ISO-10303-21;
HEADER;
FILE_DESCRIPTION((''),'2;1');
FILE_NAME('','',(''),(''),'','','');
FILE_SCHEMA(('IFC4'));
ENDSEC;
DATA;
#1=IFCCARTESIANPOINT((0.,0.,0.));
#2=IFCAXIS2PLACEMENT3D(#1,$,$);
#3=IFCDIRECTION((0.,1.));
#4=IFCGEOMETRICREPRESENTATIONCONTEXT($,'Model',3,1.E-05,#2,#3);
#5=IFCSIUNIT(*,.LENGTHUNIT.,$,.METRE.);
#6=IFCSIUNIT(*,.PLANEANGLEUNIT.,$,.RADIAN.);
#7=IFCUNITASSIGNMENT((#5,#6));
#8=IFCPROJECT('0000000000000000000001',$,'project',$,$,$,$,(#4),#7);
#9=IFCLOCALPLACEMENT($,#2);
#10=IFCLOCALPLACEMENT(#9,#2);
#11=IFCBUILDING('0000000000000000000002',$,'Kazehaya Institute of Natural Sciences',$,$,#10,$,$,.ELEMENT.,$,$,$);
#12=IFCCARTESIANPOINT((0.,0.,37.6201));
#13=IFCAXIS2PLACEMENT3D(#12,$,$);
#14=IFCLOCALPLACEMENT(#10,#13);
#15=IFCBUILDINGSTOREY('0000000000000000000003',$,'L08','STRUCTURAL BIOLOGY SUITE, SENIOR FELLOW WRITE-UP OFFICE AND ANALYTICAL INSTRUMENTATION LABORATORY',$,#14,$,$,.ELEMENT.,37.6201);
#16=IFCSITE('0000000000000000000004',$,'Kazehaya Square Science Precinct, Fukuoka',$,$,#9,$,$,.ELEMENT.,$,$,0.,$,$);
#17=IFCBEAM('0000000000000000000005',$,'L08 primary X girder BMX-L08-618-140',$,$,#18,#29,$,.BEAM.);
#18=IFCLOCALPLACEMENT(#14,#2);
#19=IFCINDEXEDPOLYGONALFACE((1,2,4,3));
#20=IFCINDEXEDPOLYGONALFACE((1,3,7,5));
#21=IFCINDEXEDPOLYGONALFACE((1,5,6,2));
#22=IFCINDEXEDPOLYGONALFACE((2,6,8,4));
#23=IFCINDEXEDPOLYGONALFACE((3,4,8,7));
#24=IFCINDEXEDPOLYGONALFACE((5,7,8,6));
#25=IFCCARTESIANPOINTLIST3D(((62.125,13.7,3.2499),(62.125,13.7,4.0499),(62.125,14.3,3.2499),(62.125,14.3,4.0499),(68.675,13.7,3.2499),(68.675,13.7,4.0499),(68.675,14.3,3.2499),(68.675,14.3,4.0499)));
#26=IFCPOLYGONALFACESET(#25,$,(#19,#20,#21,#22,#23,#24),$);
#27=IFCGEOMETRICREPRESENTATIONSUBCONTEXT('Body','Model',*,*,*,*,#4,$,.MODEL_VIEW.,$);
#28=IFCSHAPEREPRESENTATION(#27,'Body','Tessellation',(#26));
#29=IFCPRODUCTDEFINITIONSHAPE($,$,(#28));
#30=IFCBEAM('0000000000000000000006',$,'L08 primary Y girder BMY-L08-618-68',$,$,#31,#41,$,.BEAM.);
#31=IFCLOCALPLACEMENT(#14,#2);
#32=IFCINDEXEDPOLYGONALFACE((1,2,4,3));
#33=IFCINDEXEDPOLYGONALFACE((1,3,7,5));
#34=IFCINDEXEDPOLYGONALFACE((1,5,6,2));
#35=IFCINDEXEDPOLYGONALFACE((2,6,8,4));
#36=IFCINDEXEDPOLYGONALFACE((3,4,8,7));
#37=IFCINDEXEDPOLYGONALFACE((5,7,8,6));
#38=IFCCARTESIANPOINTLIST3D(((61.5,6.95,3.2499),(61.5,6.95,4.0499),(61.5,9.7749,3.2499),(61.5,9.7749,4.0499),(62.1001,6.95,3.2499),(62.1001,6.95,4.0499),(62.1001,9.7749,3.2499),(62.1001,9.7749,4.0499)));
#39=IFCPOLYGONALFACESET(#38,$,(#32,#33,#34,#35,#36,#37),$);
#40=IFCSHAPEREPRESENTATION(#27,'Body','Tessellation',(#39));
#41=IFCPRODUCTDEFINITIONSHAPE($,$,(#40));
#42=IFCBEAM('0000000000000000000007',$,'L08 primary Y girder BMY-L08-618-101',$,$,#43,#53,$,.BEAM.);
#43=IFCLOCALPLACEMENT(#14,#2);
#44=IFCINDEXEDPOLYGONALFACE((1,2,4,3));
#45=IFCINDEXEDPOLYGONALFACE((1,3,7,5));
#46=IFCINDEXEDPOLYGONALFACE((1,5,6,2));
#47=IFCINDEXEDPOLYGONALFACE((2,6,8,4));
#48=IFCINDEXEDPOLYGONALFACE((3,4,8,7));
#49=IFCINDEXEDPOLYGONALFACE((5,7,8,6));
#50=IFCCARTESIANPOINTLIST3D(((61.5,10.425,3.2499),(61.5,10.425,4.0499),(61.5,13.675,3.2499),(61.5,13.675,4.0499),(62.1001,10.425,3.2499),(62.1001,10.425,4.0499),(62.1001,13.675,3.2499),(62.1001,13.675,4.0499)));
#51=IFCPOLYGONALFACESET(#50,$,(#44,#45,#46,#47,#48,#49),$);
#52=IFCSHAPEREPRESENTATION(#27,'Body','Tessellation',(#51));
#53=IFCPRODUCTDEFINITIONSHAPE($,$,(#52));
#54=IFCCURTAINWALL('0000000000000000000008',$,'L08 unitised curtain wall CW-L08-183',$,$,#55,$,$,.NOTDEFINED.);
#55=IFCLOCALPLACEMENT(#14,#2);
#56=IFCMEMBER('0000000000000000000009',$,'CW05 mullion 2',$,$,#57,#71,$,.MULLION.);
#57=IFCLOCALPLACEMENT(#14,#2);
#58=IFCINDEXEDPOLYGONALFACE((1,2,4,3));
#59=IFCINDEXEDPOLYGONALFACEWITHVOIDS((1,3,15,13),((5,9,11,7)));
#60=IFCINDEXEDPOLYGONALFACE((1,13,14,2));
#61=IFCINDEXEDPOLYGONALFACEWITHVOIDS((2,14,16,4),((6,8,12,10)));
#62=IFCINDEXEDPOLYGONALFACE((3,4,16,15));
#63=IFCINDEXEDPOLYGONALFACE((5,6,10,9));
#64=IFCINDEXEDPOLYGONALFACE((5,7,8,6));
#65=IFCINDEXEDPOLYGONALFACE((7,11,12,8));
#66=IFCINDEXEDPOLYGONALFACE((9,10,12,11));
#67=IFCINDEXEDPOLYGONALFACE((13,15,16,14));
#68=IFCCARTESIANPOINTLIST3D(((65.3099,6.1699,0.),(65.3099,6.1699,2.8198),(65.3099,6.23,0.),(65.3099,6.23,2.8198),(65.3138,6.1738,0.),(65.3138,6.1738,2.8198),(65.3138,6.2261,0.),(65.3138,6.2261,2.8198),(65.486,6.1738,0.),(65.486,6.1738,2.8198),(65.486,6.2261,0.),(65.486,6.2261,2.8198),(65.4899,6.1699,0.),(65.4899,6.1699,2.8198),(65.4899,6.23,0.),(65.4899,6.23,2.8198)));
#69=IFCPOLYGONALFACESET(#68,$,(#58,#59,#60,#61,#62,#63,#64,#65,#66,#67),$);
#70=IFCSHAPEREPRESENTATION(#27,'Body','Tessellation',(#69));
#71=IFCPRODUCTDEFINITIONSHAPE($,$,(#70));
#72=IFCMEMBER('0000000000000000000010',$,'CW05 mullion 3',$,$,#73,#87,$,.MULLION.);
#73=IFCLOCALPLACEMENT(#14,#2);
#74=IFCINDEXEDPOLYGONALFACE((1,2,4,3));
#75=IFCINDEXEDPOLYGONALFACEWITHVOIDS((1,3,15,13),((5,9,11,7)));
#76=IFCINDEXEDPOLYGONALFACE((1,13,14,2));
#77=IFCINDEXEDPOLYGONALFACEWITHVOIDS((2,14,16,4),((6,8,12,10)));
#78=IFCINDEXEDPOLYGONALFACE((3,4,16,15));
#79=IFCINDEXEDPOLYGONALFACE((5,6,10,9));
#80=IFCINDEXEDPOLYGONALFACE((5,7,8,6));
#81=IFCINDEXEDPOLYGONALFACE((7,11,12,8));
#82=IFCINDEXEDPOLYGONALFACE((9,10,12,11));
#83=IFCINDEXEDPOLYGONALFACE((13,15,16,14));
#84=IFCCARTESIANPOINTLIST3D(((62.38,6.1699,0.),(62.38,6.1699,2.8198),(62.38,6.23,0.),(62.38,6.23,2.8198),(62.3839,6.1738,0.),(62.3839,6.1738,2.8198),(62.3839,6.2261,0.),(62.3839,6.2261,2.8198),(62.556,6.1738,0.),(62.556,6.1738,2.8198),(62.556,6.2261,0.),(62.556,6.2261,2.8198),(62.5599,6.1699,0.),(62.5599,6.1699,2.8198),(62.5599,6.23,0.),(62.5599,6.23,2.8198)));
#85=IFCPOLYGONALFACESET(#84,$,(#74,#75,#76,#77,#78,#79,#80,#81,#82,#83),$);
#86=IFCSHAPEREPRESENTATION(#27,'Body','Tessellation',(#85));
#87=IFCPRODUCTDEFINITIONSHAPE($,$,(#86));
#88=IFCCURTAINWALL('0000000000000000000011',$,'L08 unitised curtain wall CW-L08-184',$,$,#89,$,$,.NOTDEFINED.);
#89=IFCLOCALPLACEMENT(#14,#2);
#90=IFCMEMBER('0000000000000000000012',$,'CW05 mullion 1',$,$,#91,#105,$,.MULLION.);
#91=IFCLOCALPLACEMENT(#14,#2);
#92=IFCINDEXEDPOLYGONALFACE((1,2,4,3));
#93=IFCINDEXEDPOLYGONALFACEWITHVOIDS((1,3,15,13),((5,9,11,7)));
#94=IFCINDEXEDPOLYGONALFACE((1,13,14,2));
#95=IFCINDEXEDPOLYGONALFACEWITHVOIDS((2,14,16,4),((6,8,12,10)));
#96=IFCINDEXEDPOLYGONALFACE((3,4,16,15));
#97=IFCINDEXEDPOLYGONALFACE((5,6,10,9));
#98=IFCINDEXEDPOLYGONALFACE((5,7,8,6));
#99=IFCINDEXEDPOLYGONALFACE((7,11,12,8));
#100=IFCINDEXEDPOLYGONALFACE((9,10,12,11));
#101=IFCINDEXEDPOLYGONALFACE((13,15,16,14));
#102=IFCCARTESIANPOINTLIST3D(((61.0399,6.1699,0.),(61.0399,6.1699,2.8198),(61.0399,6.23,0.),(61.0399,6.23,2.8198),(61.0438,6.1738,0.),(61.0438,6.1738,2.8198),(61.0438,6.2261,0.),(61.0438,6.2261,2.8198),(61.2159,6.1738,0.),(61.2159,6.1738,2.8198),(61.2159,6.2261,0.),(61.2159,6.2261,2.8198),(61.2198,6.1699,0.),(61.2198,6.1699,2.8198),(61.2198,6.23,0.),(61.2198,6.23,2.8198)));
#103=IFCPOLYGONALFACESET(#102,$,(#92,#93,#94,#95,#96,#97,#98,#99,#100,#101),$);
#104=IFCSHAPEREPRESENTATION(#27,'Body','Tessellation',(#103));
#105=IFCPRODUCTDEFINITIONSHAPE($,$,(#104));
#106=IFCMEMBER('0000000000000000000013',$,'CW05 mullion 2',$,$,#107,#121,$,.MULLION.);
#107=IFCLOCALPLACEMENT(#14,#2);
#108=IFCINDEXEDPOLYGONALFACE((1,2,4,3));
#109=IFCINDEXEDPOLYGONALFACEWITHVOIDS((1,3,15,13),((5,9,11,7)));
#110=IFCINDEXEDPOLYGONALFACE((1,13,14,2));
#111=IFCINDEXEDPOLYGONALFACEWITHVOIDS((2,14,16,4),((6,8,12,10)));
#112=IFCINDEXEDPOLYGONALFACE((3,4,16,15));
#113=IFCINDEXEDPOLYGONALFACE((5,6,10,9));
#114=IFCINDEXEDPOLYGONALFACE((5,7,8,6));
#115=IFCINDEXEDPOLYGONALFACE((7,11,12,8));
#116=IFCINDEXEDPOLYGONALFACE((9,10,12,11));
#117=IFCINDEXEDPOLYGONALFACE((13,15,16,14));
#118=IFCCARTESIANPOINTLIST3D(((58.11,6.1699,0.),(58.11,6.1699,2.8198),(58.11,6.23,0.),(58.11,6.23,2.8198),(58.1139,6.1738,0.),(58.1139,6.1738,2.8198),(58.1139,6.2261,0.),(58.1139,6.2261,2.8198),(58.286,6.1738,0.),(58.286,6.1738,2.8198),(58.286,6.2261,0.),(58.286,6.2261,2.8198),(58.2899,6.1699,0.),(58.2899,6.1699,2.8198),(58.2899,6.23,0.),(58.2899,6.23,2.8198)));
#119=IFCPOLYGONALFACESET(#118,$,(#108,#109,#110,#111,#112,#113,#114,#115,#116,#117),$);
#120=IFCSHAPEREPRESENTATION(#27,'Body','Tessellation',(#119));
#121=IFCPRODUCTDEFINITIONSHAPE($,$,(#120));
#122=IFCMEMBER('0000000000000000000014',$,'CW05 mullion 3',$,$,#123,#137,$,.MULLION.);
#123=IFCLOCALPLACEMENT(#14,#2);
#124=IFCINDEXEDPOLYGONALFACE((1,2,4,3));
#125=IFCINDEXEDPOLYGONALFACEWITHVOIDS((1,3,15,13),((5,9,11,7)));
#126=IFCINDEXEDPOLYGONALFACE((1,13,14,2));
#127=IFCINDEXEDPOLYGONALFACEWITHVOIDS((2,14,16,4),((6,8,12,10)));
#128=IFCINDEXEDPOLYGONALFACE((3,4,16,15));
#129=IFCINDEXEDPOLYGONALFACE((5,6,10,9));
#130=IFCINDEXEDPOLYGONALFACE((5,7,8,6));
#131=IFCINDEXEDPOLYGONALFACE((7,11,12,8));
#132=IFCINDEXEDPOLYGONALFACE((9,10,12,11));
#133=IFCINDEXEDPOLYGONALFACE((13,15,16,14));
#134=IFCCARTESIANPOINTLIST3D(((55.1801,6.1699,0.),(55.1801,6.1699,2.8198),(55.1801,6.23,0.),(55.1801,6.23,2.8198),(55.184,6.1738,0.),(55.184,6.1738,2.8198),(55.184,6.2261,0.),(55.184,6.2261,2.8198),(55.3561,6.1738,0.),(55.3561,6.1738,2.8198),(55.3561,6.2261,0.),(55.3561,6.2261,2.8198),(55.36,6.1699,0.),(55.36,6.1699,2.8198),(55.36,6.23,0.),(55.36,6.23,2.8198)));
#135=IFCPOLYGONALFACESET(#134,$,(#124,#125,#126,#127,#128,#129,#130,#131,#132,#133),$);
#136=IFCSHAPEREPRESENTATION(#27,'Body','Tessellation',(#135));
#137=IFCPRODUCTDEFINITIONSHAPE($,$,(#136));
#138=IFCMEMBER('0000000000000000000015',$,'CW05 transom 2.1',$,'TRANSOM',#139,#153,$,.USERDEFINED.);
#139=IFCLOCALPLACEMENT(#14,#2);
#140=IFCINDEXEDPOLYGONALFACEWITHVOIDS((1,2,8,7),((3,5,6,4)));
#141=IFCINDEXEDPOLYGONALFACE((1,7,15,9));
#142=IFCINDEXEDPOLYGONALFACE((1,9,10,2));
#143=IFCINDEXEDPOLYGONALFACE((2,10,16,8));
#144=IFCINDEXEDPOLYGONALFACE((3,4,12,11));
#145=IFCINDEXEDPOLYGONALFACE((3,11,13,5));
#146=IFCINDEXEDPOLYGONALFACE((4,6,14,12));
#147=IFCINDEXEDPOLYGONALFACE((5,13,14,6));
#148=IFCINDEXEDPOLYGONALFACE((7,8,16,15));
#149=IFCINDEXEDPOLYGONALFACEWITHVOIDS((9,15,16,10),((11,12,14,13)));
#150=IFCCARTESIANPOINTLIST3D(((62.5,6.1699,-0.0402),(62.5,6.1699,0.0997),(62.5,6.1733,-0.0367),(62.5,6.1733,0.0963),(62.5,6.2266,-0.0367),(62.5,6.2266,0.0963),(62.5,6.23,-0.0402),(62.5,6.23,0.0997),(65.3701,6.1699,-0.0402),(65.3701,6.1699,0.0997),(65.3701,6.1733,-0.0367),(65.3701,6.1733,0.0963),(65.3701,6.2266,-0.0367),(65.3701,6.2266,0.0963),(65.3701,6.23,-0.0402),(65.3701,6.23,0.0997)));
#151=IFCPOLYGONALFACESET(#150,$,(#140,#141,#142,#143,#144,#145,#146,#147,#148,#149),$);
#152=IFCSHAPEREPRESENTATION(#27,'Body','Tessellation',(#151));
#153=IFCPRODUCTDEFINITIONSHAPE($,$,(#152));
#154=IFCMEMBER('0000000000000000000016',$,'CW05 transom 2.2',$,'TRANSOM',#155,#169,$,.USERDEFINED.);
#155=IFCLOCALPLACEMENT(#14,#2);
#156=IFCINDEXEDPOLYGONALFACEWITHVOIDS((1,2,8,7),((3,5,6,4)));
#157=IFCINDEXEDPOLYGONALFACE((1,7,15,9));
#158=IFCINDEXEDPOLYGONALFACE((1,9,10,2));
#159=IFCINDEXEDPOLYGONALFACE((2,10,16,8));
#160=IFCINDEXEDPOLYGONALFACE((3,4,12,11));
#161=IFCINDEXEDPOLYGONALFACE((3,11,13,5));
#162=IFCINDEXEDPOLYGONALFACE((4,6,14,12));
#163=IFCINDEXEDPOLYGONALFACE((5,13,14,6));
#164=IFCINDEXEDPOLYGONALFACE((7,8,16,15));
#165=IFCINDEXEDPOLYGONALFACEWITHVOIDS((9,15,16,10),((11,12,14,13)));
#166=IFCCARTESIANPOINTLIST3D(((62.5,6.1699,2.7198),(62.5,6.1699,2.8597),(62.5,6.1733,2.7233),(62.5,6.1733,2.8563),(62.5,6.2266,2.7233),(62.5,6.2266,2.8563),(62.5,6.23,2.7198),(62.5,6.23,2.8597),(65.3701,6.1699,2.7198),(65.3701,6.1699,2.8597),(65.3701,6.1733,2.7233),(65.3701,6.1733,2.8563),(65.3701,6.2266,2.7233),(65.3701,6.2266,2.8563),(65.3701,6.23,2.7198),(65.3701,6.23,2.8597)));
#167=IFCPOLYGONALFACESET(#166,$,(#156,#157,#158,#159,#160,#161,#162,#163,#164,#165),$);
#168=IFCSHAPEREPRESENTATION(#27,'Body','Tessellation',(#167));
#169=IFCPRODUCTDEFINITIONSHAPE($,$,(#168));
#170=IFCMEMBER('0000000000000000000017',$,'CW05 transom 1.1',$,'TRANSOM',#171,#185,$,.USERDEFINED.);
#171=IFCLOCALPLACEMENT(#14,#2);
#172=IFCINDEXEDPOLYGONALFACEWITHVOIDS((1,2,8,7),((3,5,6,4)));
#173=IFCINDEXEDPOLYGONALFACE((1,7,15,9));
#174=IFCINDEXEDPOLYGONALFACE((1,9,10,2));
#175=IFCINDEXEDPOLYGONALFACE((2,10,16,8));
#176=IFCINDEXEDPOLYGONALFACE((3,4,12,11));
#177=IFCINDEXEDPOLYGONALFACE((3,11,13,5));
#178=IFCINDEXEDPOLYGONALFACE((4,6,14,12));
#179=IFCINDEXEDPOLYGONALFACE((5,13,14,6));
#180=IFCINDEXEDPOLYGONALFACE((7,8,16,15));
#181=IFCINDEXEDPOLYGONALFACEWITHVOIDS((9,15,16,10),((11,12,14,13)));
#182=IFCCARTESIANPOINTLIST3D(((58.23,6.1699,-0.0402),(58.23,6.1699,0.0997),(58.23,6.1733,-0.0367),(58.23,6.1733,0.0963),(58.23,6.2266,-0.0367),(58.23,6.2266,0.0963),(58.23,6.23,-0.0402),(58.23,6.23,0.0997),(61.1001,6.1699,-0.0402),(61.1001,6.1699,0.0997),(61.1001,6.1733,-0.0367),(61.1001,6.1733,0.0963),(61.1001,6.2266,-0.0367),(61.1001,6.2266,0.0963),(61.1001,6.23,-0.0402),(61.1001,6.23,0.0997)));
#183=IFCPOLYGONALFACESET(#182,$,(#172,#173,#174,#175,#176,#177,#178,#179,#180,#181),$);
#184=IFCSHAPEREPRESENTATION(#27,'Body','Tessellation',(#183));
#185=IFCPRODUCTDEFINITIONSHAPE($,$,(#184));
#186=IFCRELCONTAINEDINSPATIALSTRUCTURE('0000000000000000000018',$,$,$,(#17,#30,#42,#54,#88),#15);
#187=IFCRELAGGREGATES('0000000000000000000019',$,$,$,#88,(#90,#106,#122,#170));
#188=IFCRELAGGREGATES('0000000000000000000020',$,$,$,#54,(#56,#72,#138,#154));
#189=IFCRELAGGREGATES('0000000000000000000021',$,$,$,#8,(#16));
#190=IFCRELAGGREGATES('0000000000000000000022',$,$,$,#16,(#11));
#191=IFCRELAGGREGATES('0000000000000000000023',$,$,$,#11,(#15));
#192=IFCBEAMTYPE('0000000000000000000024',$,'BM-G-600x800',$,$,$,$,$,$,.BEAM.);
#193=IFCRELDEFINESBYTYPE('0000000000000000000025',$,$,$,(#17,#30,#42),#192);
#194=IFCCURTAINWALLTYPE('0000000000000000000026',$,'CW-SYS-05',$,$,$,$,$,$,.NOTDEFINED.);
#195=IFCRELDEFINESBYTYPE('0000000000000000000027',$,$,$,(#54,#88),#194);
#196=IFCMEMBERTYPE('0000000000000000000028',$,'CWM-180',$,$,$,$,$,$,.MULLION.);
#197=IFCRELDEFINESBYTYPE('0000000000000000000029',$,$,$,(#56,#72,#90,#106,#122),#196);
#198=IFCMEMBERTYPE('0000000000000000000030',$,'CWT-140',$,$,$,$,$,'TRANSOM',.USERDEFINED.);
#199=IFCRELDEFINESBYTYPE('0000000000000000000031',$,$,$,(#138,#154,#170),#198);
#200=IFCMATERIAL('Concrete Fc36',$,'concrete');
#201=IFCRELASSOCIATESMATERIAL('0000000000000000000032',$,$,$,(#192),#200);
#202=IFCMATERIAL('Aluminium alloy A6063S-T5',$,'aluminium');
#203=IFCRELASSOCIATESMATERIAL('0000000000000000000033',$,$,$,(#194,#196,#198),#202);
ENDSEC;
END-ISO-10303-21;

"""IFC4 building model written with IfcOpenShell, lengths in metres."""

from ifc_helpers import new_model, si_unit, direction, frame, origin, origin_2d, place, context, subcontext, project, spatial, rectangle, hollow_rectangle, extrude, material, material_profile, profile_set, type_object, element, aggregate, save


model = new_model("IFC4")

# Units and contexts
model_context = context("Model", 3, precision=1e-05, world=origin(), true_north=direction((0.0, 1.0)))
body_context = subcontext(model_context, "Body", "Model", "MODEL_VIEW")
ifc_project = project(units=[si_unit("LENGTHUNIT", "METRE"), si_unit("PLANEANGLEUNIT", "RADIAN")], contexts=[model_context])

# Site, building, storey
site_placement = place(None, origin())
site = spatial("IfcSite", under=ifc_project, at=site_placement, Name="Kazehaya Square Science Precinct, Fukuoka", CompositionType="ELEMENT", RefElevation=0.0)
building_placement = place(site_placement, origin())
building = spatial("IfcBuilding", under=site, at=building_placement, Name="Kazehaya Institute of Natural Sciences", CompositionType="ELEMENT")
storey_placement = place(building_placement, frame((0.0, 0.0, 37.6201)))
storey = spatial("IfcBuildingStorey", under=building, at=storey_placement, Name="L08", Description="STRUCTURAL BIOLOGY SUITE, SENIOR FELLOW WRITE-UP OFFICE AND ANALYTICAL INSTRUMENTATION LABORATORY", CompositionType="ELEMENT", Elevation=37.6201)

# Shared definitions
ifc_material_1 = material(Name="Concrete Fc36", Category="concrete")

# Beams
ifc_material_profile_1 = material_profile(ifc_material_1, rectangle(XDim=0.6001, YDim=0.8, at=origin_2d()), Name="RC-600x800")
ifc_profile_set_1 = profile_set([ifc_material_profile_1], Name="Concrete Fc36")
beam_type = type_object("IfcBeamType", Name="BM-G-600x800", PredefinedType="BEAM", material=ifc_profile_set_1)
for number, where, z_axis, x_axis, name in (
    (1, (62.125, 14.0, 3.6499), (1.0, 0.0, 0.0), (0.0, 1.0, 0.0), "L08 primary X girder BMX-L08-618-140"),
):
    element("IfcBeam", number, at=place(storey_placement, frame(where, z_axis=z_axis, x_axis=x_axis)), inside=storey, type_object=beam_type, Name=name, PredefinedType="BEAM", context=body_context, shape_type="SweptSolid", body=[
        extrude(rectangle(XDim=0.6001, YDim=0.8, at=origin_2d()), origin(), (0.0, 0.0, 1.0), 6.55),
    ])
beam_1_placement = place(storey_placement, frame((61.8, 6.95, 3.6499), z_axis=(0.0, 1.0, 0.0), x_axis=(-1.0, 0.0, 0.0)))
element("IfcBeam", 2, at=beam_1_placement, inside=storey, type_object=beam_type, Name="L08 primary Y girder BMY-L08-618-68", PredefinedType="BEAM", context=body_context, shape_type="SweptSolid", body=[
    extrude(rectangle(XDim=0.6001, YDim=0.8, at=origin_2d()), origin(), (0.0, 0.0, 1.0), 2.825),
])
beam_2_placement = place(storey_placement, frame((61.8, 10.425, 3.6499), z_axis=(0.0, 1.0, 0.0), x_axis=(-1.0, 0.0, 0.0)))
element("IfcBeam", 3, at=beam_2_placement, inside=storey, type_object=beam_type, Name="L08 primary Y girder BMY-L08-618-101", PredefinedType="BEAM", context=body_context, shape_type="SweptSolid", body=[
    extrude(rectangle(XDim=0.6001, YDim=0.8, at=origin_2d()), origin(), (0.0, 0.0, 1.0), 3.25),
])

# Curtain walls, members
ifc_material_2 = material(Name="Aluminium alloy A6063S-T5", Category="aluminium")
curtain_wall_type = type_object("IfcCurtainWallType", Name="CW-SYS-05", PredefinedType="NOTDEFINED", material=ifc_material_2)
curtain_wall_1_placement = place(storey_placement, origin())
curtain_wall_1 = element("IfcCurtainWall", 4, at=curtain_wall_1_placement, inside=storey, type_object=curtain_wall_type, Name="L08 unitised curtain wall CW-L08-183", PredefinedType="NOTDEFINED")
ifc_material_profile_2 = material_profile(ifc_material_2, hollow_rectangle(XDim=0.0601, YDim=0.1799, WallThickness=0.0039, at=origin_2d()), Name="ALU-60x180x4")
ifc_profile_set_2 = profile_set([ifc_material_profile_2], Name="Aluminium alloy A6063S-T5")
member_type_1 = type_object("IfcMemberType", Name="CWM-180", PredefinedType="MULLION", material=ifc_profile_set_2)
member_1_placement = place(storey_placement, frame((65.3999, 6.2, 0.0), z_axis=(0.0, 0.0, 1.0), x_axis=(0.0, -1.0, 0.0)))
member_1 = element("IfcMember", 5, at=member_1_placement, type_object=member_type_1, Name="CW05 mullion 2", PredefinedType="MULLION", context=body_context, shape_type="SweptSolid", body=[
    extrude(hollow_rectangle(XDim=0.0601, YDim=0.1799, WallThickness=0.0039, at=origin_2d()), origin(), (0.0, 0.0, 1.0), 2.8198),
])
member_2_placement = place(storey_placement, frame((62.47, 6.2, 0.0), z_axis=(0.0, 0.0, 1.0), x_axis=(0.0, -1.0, 0.0)))
member_2 = element("IfcMember", 6, at=member_2_placement, type_object=member_type_1, Name="CW05 mullion 3", PredefinedType="MULLION", context=body_context, shape_type="SweptSolid", body=[
    extrude(hollow_rectangle(XDim=0.0601, YDim=0.1799, WallThickness=0.0039, at=origin_2d()), origin(), (0.0, 0.0, 1.0), 2.8198),
])
curtain_wall_2_placement = place(storey_placement, origin())
curtain_wall_2 = element("IfcCurtainWall", 7, at=curtain_wall_2_placement, inside=storey, type_object=curtain_wall_type, Name="L08 unitised curtain wall CW-L08-184", PredefinedType="NOTDEFINED")
member_3_placement = place(storey_placement, frame((61.1299, 6.2, 0.0), z_axis=(0.0, 0.0, 1.0), x_axis=(0.0, -1.0, 0.0)))
member_3 = element("IfcMember", 8, at=member_3_placement, type_object=member_type_1, Name="CW05 mullion 1", PredefinedType="MULLION", context=body_context, shape_type="SweptSolid", body=[
    extrude(hollow_rectangle(XDim=0.0601, YDim=0.1799, WallThickness=0.0039, at=origin_2d()), origin(), (0.0, 0.0, 1.0), 2.8198),
])
member_4_placement = place(storey_placement, frame((58.2, 6.2, 0.0), z_axis=(0.0, 0.0, 1.0), x_axis=(0.0, -1.0, 0.0)))
member_4 = element("IfcMember", 9, at=member_4_placement, type_object=member_type_1, Name="CW05 mullion 2", PredefinedType="MULLION", context=body_context, shape_type="SweptSolid", body=[
    extrude(hollow_rectangle(XDim=0.0601, YDim=0.1799, WallThickness=0.0039, at=origin_2d()), origin(), (0.0, 0.0, 1.0), 2.8198),
])
member_5_placement = place(storey_placement, frame((55.27, 6.2, 0.0), z_axis=(0.0, 0.0, 1.0), x_axis=(0.0, -1.0, 0.0)))
member_5 = element("IfcMember", 10, at=member_5_placement, type_object=member_type_1, Name="CW05 mullion 3", PredefinedType="MULLION", context=body_context, shape_type="SweptSolid", body=[
    extrude(hollow_rectangle(XDim=0.0601, YDim=0.1799, WallThickness=0.0039, at=origin_2d()), origin(), (0.0, 0.0, 1.0), 2.8198),
])

# Members
ifc_material_profile_3 = material_profile(ifc_material_2, hollow_rectangle(XDim=0.0601, YDim=0.1399, WallThickness=0.0034, at=origin_2d()), Name="ALU-60x140x3.5")
ifc_profile_set_3 = profile_set([ifc_material_profile_3], Name="Aluminium alloy A6063S-T5")
member_type_2 = type_object("IfcMemberType", Name="CWT-140", ElementType="TRANSOM", PredefinedType="USERDEFINED", material=ifc_profile_set_3)
member_6_placement = place(storey_placement, frame((65.3701, 6.2, 0.0298), z_axis=(-1.0, 0.0, 0.0), x_axis=(0.0, -1.0, 0.0)))
member_6 = element("IfcMember", 11, at=member_6_placement, type_object=member_type_2, Name="CW05 transom 2.1", ObjectType="TRANSOM", PredefinedType="USERDEFINED", context=body_context, shape_type="SweptSolid", body=[
    extrude(hollow_rectangle(XDim=0.0601, YDim=0.1399, WallThickness=0.0034, at=origin_2d()), origin(), (0.0, 0.0, 1.0), 2.8701),
])
member_7_placement = place(storey_placement, frame((65.3701, 6.2, 2.7898), z_axis=(-1.0, 0.0, 0.0), x_axis=(0.0, -1.0, 0.0)))
member_7 = element("IfcMember", 12, at=member_7_placement, type_object=member_type_2, Name="CW05 transom 2.2", ObjectType="TRANSOM", PredefinedType="USERDEFINED", context=body_context, shape_type="SweptSolid", body=[
    extrude(hollow_rectangle(XDim=0.0601, YDim=0.1399, WallThickness=0.0034, at=origin_2d()), origin(), (0.0, 0.0, 1.0), 2.8701),
])
member_8_placement = place(storey_placement, frame((61.1001, 6.2, 0.0298), z_axis=(-1.0, 0.0, 0.0), x_axis=(0.0, -1.0, 0.0)))
member_8 = element("IfcMember", 13, at=member_8_placement, type_object=member_type_2, Name="CW05 transom 1.1", ObjectType="TRANSOM", PredefinedType="USERDEFINED", context=body_context, shape_type="SweptSolid", body=[
    extrude(hollow_rectangle(XDim=0.0601, YDim=0.1399, WallThickness=0.0034, at=origin_2d()), origin(), (0.0, 0.0, 1.0), 2.8701),
])

aggregate(curtain_wall_2, [member_3, member_4, member_5, member_8])
aggregate(curtain_wall_1, [member_1, member_2, member_6, member_7])

save(model, "model.ifc")
